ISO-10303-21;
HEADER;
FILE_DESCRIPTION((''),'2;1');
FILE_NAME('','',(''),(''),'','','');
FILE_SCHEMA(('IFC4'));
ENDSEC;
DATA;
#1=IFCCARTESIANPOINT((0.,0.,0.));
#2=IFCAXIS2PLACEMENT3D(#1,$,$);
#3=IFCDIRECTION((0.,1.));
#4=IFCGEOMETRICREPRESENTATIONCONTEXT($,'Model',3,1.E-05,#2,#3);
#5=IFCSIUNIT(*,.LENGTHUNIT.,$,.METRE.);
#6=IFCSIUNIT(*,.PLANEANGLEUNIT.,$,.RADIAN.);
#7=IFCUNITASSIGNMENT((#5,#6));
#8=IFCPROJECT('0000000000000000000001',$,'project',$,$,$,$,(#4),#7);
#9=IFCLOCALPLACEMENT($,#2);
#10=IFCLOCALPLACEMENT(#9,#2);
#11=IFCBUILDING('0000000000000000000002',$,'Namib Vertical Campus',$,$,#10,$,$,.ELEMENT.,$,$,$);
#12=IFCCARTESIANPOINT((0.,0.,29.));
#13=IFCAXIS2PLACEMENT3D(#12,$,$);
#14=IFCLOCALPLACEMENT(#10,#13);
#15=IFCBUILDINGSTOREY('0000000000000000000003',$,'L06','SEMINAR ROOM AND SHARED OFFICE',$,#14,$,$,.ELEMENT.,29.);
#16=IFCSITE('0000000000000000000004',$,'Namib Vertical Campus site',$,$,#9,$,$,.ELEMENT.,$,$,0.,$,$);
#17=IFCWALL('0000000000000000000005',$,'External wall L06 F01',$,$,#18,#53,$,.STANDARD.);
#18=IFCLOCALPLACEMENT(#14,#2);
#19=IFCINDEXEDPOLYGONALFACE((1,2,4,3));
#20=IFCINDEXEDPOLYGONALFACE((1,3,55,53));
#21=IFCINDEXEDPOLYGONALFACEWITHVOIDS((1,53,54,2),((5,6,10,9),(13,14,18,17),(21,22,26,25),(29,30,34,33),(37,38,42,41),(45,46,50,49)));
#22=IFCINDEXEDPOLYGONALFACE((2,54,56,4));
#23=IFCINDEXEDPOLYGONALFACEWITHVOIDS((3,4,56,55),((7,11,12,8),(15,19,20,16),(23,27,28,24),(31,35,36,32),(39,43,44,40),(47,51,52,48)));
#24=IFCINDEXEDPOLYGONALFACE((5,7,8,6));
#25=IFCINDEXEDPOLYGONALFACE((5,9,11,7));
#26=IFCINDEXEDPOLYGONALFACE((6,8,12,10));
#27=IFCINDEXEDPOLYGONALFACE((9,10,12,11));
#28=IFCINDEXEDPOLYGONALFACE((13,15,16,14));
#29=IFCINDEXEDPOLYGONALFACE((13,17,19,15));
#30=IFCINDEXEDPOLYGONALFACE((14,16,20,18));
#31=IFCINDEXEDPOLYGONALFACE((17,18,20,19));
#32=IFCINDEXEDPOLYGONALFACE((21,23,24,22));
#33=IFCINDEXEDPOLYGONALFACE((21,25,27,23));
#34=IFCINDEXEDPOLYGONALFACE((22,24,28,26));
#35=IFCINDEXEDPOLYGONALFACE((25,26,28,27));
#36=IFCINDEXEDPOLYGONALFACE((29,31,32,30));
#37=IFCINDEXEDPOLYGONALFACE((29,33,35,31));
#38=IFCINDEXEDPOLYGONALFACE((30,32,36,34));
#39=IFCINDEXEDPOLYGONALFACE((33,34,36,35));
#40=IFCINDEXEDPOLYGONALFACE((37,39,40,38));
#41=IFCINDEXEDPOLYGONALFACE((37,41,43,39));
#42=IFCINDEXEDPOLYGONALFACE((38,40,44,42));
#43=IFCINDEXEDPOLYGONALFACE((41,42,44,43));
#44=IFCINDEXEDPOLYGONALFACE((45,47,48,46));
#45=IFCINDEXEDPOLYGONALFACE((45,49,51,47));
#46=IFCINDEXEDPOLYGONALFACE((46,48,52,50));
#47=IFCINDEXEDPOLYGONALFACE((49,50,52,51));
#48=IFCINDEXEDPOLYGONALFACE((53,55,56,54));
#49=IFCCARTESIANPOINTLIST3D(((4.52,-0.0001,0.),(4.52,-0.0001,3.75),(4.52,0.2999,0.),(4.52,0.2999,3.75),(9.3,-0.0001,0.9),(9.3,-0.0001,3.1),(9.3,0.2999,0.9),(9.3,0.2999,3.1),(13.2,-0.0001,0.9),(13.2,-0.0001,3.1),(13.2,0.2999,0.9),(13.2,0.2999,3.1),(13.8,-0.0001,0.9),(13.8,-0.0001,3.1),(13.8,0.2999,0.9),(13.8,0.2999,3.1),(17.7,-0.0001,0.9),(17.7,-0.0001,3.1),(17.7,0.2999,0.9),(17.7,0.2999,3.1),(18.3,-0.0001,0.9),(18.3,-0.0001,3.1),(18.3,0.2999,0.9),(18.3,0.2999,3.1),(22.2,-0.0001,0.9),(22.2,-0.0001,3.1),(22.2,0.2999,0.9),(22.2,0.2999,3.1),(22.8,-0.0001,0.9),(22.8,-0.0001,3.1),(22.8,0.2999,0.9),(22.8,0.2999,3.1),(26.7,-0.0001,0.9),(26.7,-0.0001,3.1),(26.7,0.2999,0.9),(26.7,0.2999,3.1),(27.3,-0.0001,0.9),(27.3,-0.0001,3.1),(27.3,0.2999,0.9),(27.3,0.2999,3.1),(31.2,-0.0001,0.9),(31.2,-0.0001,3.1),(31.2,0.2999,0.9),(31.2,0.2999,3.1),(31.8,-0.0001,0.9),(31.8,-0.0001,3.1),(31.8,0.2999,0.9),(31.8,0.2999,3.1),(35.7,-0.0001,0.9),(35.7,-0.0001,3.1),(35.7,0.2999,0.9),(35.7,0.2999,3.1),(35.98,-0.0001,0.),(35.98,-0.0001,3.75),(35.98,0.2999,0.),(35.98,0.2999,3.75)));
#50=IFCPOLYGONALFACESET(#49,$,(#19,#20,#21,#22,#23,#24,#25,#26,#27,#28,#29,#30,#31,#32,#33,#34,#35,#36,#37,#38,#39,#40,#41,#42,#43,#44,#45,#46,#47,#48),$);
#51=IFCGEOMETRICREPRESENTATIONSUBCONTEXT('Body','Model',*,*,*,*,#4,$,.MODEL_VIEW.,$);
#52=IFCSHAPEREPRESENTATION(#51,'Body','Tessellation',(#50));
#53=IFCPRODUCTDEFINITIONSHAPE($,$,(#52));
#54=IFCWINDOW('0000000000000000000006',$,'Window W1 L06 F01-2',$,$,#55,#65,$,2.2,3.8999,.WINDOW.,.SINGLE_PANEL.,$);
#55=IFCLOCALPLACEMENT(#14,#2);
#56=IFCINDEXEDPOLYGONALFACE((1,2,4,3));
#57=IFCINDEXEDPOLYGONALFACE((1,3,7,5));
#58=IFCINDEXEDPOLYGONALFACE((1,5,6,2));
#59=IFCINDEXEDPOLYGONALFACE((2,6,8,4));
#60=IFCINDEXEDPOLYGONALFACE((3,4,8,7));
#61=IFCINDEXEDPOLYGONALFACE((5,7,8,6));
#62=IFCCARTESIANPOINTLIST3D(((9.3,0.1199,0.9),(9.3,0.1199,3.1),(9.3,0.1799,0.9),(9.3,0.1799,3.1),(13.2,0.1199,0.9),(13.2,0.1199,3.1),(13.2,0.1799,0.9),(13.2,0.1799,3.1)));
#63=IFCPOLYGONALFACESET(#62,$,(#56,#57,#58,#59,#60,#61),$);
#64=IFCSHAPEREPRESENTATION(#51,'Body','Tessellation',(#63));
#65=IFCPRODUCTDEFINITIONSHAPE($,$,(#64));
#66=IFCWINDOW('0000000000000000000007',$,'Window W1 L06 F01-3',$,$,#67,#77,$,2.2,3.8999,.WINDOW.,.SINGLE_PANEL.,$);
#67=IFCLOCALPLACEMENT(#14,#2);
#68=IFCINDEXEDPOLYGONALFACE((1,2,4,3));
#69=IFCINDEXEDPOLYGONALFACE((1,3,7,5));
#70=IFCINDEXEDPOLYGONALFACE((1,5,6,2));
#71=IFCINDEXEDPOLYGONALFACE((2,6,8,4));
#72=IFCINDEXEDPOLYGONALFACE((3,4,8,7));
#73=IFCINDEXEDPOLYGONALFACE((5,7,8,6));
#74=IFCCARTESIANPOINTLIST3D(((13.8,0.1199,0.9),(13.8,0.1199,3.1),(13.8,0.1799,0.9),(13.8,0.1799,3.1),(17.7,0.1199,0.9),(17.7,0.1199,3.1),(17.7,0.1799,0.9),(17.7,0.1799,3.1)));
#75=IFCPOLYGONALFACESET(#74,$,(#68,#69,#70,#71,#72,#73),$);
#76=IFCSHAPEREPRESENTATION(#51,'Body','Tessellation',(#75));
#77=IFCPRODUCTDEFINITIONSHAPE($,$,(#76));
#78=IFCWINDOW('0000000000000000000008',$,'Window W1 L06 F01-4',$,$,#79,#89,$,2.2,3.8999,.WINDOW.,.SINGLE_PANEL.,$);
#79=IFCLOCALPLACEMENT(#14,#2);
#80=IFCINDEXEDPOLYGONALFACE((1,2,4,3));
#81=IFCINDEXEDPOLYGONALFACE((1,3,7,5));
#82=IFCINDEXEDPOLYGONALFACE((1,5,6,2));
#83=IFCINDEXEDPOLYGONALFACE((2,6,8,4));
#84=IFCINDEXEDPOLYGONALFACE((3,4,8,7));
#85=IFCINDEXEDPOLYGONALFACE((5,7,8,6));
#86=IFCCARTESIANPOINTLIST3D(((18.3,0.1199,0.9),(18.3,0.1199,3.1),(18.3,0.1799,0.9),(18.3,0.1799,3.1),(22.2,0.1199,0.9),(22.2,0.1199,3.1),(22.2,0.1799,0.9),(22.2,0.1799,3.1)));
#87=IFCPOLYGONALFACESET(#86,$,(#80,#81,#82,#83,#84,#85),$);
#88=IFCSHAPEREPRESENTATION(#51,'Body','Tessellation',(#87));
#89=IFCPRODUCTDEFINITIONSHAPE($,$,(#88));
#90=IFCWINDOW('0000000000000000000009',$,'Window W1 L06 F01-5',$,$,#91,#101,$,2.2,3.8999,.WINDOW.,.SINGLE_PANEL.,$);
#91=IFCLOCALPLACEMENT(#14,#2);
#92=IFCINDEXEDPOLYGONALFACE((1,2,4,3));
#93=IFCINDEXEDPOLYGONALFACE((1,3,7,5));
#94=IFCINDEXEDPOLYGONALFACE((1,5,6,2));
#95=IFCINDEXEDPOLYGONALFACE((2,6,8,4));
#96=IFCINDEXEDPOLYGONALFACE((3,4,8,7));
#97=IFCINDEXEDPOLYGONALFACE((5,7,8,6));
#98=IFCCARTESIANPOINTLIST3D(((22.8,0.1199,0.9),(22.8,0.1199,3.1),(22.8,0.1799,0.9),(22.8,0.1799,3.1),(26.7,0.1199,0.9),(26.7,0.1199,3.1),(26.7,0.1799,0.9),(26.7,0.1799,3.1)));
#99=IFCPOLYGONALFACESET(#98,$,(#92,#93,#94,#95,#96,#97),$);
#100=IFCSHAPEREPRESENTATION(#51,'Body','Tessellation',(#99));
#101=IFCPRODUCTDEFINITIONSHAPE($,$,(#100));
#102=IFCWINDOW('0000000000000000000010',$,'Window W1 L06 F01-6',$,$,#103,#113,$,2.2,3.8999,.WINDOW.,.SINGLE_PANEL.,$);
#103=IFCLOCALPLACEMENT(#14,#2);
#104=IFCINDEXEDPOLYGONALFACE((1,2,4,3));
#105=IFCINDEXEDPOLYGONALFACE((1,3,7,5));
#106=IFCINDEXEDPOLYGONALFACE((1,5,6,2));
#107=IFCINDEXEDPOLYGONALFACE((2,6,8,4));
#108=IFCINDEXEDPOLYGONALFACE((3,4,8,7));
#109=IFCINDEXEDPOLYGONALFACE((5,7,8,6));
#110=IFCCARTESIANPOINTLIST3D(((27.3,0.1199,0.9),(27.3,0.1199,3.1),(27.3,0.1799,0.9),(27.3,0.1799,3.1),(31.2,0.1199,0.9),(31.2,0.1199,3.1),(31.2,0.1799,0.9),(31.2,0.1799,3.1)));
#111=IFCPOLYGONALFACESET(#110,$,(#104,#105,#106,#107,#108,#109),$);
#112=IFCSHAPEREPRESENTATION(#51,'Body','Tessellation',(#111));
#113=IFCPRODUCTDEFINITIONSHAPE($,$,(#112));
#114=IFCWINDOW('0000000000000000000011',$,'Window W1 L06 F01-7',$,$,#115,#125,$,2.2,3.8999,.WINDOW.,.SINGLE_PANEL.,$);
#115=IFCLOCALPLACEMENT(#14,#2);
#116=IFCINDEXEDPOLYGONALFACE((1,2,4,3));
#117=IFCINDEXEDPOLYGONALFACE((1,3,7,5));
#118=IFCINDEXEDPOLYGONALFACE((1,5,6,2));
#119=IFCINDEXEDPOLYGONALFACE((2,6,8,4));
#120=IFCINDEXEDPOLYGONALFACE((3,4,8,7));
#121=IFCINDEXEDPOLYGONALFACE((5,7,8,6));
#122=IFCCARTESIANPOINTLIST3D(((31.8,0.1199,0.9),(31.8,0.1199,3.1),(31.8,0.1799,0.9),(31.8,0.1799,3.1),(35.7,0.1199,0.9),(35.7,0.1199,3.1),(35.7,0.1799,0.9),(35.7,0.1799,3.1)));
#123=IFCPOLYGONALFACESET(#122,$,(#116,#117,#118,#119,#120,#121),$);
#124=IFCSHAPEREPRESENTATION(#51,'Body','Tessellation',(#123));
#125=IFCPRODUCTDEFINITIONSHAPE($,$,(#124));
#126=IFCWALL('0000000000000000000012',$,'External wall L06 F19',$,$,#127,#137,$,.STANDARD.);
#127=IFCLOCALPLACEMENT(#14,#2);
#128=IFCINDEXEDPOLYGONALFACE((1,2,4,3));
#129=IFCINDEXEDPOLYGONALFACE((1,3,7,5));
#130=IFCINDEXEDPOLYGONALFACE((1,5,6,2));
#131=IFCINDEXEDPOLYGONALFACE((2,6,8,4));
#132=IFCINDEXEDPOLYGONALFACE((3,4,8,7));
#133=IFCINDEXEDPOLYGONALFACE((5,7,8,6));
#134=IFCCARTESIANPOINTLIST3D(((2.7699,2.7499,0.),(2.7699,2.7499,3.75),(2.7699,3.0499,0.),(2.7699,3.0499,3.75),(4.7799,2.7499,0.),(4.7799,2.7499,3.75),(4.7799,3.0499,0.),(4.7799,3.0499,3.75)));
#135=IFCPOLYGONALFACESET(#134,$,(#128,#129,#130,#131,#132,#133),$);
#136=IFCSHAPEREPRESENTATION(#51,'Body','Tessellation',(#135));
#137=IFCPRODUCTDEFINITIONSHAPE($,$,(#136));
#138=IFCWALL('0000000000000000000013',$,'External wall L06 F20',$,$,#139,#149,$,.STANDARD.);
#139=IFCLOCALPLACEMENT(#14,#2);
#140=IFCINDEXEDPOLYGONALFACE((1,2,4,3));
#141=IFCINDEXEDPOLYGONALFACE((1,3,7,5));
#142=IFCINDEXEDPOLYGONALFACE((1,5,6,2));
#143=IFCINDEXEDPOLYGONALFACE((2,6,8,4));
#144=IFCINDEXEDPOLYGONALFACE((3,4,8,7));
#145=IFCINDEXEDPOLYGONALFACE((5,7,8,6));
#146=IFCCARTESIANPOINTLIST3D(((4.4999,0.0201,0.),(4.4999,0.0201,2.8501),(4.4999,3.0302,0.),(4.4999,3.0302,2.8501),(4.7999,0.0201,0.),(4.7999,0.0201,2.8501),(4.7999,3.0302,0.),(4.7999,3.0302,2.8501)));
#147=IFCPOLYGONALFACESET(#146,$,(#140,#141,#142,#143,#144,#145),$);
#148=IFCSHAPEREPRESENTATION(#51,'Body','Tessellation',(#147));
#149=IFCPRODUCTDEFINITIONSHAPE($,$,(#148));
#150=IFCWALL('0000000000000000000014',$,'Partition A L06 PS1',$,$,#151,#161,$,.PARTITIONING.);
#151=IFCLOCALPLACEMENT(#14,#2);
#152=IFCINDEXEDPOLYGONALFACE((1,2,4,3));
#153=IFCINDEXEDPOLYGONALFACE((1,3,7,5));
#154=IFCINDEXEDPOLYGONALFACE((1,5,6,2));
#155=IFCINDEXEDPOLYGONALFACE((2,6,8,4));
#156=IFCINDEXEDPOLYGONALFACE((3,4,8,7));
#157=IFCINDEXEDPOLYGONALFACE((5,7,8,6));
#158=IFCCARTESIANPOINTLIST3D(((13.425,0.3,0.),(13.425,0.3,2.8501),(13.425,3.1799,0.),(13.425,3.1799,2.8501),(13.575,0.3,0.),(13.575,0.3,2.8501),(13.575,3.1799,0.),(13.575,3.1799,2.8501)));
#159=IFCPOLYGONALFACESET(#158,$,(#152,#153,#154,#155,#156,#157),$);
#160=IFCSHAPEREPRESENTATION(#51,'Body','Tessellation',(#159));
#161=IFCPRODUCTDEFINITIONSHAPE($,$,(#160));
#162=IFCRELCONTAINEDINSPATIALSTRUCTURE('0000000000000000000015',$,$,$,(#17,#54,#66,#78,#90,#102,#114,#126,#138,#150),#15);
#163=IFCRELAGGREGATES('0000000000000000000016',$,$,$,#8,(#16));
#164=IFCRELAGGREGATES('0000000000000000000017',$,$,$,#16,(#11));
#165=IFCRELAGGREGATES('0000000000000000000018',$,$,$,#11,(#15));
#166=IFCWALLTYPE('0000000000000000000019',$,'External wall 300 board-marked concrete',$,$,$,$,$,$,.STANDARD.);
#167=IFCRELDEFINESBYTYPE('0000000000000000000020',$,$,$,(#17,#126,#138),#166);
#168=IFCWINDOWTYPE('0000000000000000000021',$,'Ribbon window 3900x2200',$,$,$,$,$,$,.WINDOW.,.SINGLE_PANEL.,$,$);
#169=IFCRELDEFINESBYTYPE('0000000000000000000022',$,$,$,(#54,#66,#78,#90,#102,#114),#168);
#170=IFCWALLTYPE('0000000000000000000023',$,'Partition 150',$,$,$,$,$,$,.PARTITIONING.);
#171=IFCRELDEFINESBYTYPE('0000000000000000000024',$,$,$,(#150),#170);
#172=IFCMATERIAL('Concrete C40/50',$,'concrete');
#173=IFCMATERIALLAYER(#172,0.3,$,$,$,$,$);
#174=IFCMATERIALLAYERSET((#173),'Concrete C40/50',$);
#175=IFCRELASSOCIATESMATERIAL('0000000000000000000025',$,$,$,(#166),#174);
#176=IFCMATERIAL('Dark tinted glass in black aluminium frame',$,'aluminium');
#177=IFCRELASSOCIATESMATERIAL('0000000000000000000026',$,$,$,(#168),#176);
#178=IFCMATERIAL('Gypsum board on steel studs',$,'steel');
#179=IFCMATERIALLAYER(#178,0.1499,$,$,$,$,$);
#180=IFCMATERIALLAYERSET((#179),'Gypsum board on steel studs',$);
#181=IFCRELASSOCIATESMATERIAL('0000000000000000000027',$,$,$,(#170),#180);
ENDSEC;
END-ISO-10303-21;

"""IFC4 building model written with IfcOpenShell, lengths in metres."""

from ifc_helpers import new_model, si_unit, direction, frame, frame_2d, origin, place, context, subcontext, project, spatial, rectangle, extrude, material, layer, layer_set, type_object, element, fill, save


model = new_model("IFC4")

# Units and contexts
model_context = context("Model", 3, precision=1e-05, world=origin(), true_north=direction((0.0, 1.0)))
body_context = subcontext(model_context, "Body", "Model", "MODEL_VIEW")
ifc_project = project(units=[si_unit("LENGTHUNIT", "METRE"), si_unit("PLANEANGLEUNIT", "RADIAN")], contexts=[model_context])

# Site, building, storey
site_placement = place(None, origin())
site = spatial("IfcSite", under=ifc_project, at=site_placement, Name="Namib Vertical Campus site", CompositionType="ELEMENT", RefElevation=0.0)
building_placement = place(site_placement, origin())
building = spatial("IfcBuilding", under=site, at=building_placement, Name="Namib Vertical Campus", CompositionType="ELEMENT")
storey_placement = place(building_placement, frame((0.0, 0.0, 29.0)))
storey = spatial("IfcBuildingStorey", under=building, at=storey_placement, Name="L06", Description="SEMINAR ROOM AND SHARED OFFICE", CompositionType="ELEMENT", Elevation=29.0)

# Wall, openings, windows
ifc_material_1 = material(Name="Concrete C40/50", Category="concrete")
ifc_layer_1 = layer(ifc_material_1, 0.3)
ifc_layer_set_1 = layer_set([ifc_layer_1], Name="Concrete C40/50")
wall_type_1 = type_object("IfcWallType", Name="External wall 300 board-marked concrete", PredefinedType="STANDARD", material=ifc_layer_set_1)
wall_1_placement = place(storey_placement, frame((4.52, 0.1499, 0.0), z_axis=(0.0, 0.0, 1.0), x_axis=(1.0, 0.0, 0.0)))
wall_1 = element("IfcWall", 1, at=wall_1_placement, inside=storey, type_object=wall_type_1, Name="External wall L06 F01", PredefinedType="STANDARD", context=body_context, shape_type="SweptSolid", body=[
    extrude(rectangle(XDim=31.46, YDim=0.3, at=frame_2d((15.73, 0.0))), origin(), (0.0, 0.0, 1.0), 3.75),
])
opening_1_placement = place(wall_1_placement, frame((4.78, 0.0, 0.8999)))
opening_1 = element("IfcOpeningElement", 2, at=opening_1_placement, cuts=wall_1, PredefinedType="OPENING", context=body_context, shape_type="SweptSolid", body=[
    extrude(rectangle(XDim=3.8999, YDim=2.2, at=frame_2d((1.95, 1.1001))), frame((0.0, 0.1599, 0.0), z_axis=(0.0, -1.0, 0.0), x_axis=(1.0, 0.0, 0.0)), (0.0, 0.0, 1.0), 0.3201),
])
opening_2_placement = place(wall_1_placement, frame((9.28, 0.0, 0.8999)))
opening_2 = element("IfcOpeningElement", 3, at=opening_2_placement, cuts=wall_1, PredefinedType="OPENING", context=body_context, shape_type="SweptSolid", body=[
    extrude(rectangle(XDim=3.8999, YDim=2.2, at=frame_2d((1.95, 1.1001))), frame((0.0, 0.1599, 0.0), z_axis=(0.0, -1.0, 0.0), x_axis=(1.0, 0.0, 0.0)), (0.0, 0.0, 1.0), 0.3201),
])
opening_3_placement = place(wall_1_placement, frame((13.78, 0.0, 0.8999)))
opening_3 = element("IfcOpeningElement", 4, at=opening_3_placement, cuts=wall_1, PredefinedType="OPENING", context=body_context, shape_type="SweptSolid", body=[
    extrude(rectangle(XDim=3.8999, YDim=2.2, at=frame_2d((1.95, 1.1001))), frame((0.0, 0.1599, 0.0), z_axis=(0.0, -1.0, 0.0), x_axis=(1.0, 0.0, 0.0)), (0.0, 0.0, 1.0), 0.3201),
])
opening_4_placement = place(wall_1_placement, frame((18.28, 0.0, 0.8999)))
opening_4 = element("IfcOpeningElement", 5, at=opening_4_placement, cuts=wall_1, PredefinedType="OPENING", context=body_context, shape_type="SweptSolid", body=[
    extrude(rectangle(XDim=3.8999, YDim=2.2, at=frame_2d((1.95, 1.1001))), frame((0.0, 0.1599, 0.0), z_axis=(0.0, -1.0, 0.0), x_axis=(1.0, 0.0, 0.0)), (0.0, 0.0, 1.0), 0.3201),
])
opening_5_placement = place(wall_1_placement, frame((22.78, 0.0, 0.8999)))
opening_5 = element("IfcOpeningElement", 6, at=opening_5_placement, cuts=wall_1, PredefinedType="OPENING", context=body_context, shape_type="SweptSolid", body=[
    extrude(rectangle(XDim=3.8999, YDim=2.2, at=frame_2d((1.95, 1.1001))), frame((0.0, 0.1599, 0.0), z_axis=(0.0, -1.0, 0.0), x_axis=(1.0, 0.0, 0.0)), (0.0, 0.0, 1.0), 0.3201),
])
opening_6_placement = place(wall_1_placement, frame((27.28, 0.0, 0.8999)))
opening_6 = element("IfcOpeningElement", 7, at=opening_6_placement, cuts=wall_1, PredefinedType="OPENING", context=body_context, shape_type="SweptSolid", body=[
    extrude(rectangle(XDim=3.8999, YDim=2.2, at=frame_2d((1.95, 1.1001))), frame((0.0, 0.1599, 0.0), z_axis=(0.0, -1.0, 0.0), x_axis=(1.0, 0.0, 0.0)), (0.0, 0.0, 1.0), 0.3201),
])
ifc_material_2 = material(Name="Dark tinted glass in black aluminium frame", Category="aluminium")
window_type = type_object("IfcWindowType", Name="Ribbon window 3900x2200", PartitioningType="SINGLE_PANEL", PredefinedType="WINDOW", material=ifc_material_2)
window_1_placement = place(opening_1_placement, origin())
window_1 = element("IfcWindow", 8, at=window_1_placement, inside=storey, type_object=window_type, Name="Window W1 L06 F01-2", OverallHeight=2.2, OverallWidth=3.8999, PartitioningType="SINGLE_PANEL", PredefinedType="WINDOW", context=body_context, shape_type="SweptSolid", body=[
    extrude(rectangle(XDim=3.8999, YDim=2.2, at=frame_2d((1.95, 1.1001))), frame((0.0, 0.03, 0.0), z_axis=(0.0, -1.0, 0.0), x_axis=(1.0, 0.0, 0.0)), (0.0, 0.0, 1.0), 0.0601),
])
fill(opening_1, window_1)
window_2_placement = place(opening_2_placement, origin())
window_2 = element("IfcWindow", 9, at=window_2_placement, inside=storey, type_object=window_type, Name="Window W1 L06 F01-3", OverallHeight=2.2, OverallWidth=3.8999, PartitioningType="SINGLE_PANEL", PredefinedType="WINDOW", context=body_context, shape_type="SweptSolid", body=[
    extrude(rectangle(XDim=3.8999, YDim=2.2, at=frame_2d((1.95, 1.1001))), frame((0.0, 0.03, 0.0), z_axis=(0.0, -1.0, 0.0), x_axis=(1.0, 0.0, 0.0)), (0.0, 0.0, 1.0), 0.0601),
])
fill(opening_2, window_2)
window_3_placement = place(opening_3_placement, origin())
window_3 = element("IfcWindow", 10, at=window_3_placement, inside=storey, type_object=window_type, Name="Window W1 L06 F01-4", OverallHeight=2.2, OverallWidth=3.8999, PartitioningType="SINGLE_PANEL", PredefinedType="WINDOW", context=body_context, shape_type="SweptSolid", body=[
    extrude(rectangle(XDim=3.8999, YDim=2.2, at=frame_2d((1.95, 1.1001))), frame((0.0, 0.03, 0.0), z_axis=(0.0, -1.0, 0.0), x_axis=(1.0, 0.0, 0.0)), (0.0, 0.0, 1.0), 0.0601),
])
fill(opening_3, window_3)
window_4_placement = place(opening_4_placement, origin())
window_4 = element("IfcWindow", 11, at=window_4_placement, inside=storey, type_object=window_type, Name="Window W1 L06 F01-5", OverallHeight=2.2, OverallWidth=3.8999, PartitioningType="SINGLE_PANEL", PredefinedType="WINDOW", context=body_context, shape_type="SweptSolid", body=[
    extrude(rectangle(XDim=3.8999, YDim=2.2, at=frame_2d((1.95, 1.1001))), frame((0.0, 0.03, 0.0), z_axis=(0.0, -1.0, 0.0), x_axis=(1.0, 0.0, 0.0)), (0.0, 0.0, 1.0), 0.0601),
])
fill(opening_4, window_4)
window_5_placement = place(opening_5_placement, origin())
window_5 = element("IfcWindow", 12, at=window_5_placement, inside=storey, type_object=window_type, Name="Window W1 L06 F01-6", OverallHeight=2.2, OverallWidth=3.8999, PartitioningType="SINGLE_PANEL", PredefinedType="WINDOW", context=body_context, shape_type="SweptSolid", body=[
    extrude(rectangle(XDim=3.8999, YDim=2.2, at=frame_2d((1.95, 1.1001))), frame((0.0, 0.03, 0.0), z_axis=(0.0, -1.0, 0.0), x_axis=(1.0, 0.0, 0.0)), (0.0, 0.0, 1.0), 0.0601),
])
fill(opening_5, window_5)
window_6_placement = place(opening_6_placement, origin())
window_6 = element("IfcWindow", 13, at=window_6_placement, inside=storey, type_object=window_type, Name="Window W1 L06 F01-7", OverallHeight=2.2, OverallWidth=3.8999, PartitioningType="SINGLE_PANEL", PredefinedType="WINDOW", context=body_context, shape_type="SweptSolid", body=[
    extrude(rectangle(XDim=3.8999, YDim=2.2, at=frame_2d((1.95, 1.1001))), frame((0.0, 0.03, 0.0), z_axis=(0.0, -1.0, 0.0), x_axis=(1.0, 0.0, 0.0)), (0.0, 0.0, 1.0), 0.0601),
])
fill(opening_6, window_6)

# Walls
wall_2_placement = place(storey_placement, frame((2.77, 2.8999, 0.0), z_axis=(0.0, 0.0, 1.0), x_axis=(1.0, 0.0, 0.0)))
element("IfcWall", 14, at=wall_2_placement, inside=storey, type_object=wall_type_1, Name="External wall L06 F19", PredefinedType="STANDARD", context=body_context, shape_type="SweptSolid", body=[
    extrude(rectangle(XDim=2.01, YDim=0.3, at=frame_2d((1.0049, 0.0))), origin(), (0.0, 0.0, 1.0), 3.75),
])
wall_3_placement = place(storey_placement, frame((4.6499, 3.03, 0.0), z_axis=(0.0, 0.0, 1.0), x_axis=(0.0, -1.0, 0.0)))
element("IfcWall", 15, at=wall_3_placement, inside=storey, type_object=wall_type_1, Name="External wall L06 F20", PredefinedType="STANDARD", context=body_context, shape_type="SweptSolid", body=[
    extrude(rectangle(XDim=3.01, YDim=0.3, at=frame_2d((1.5049, 0.0))), origin(), (0.0, 0.0, 1.0), 2.8501),
])
ifc_material_3 = material(Name="Gypsum board on steel studs", Category="steel")
ifc_layer_2 = layer(ifc_material_3, 0.1499)
ifc_layer_set_2 = layer_set([ifc_layer_2], Name="Gypsum board on steel studs")
wall_type_2 = type_object("IfcWallType", Name="Partition 150", PredefinedType="PARTITIONING", material=ifc_layer_set_2)
wall_4_placement = place(storey_placement, frame((13.5, 0.3, 0.0), z_axis=(0.0, 0.0, 1.0), x_axis=(0.0, 1.0, 0.0)))
element("IfcWall", 16, at=wall_4_placement, inside=storey, type_object=wall_type_2, Name="Partition A L06 PS1", PredefinedType="PARTITIONING", context=body_context, shape_type="SweptSolid", body=[
    extrude(rectangle(XDim=2.8799, YDim=0.1499, at=frame_2d((1.4399, 0.0))), origin(), (0.0, 0.0, 1.0), 2.8501),
])

save(model, "model.ifc")
